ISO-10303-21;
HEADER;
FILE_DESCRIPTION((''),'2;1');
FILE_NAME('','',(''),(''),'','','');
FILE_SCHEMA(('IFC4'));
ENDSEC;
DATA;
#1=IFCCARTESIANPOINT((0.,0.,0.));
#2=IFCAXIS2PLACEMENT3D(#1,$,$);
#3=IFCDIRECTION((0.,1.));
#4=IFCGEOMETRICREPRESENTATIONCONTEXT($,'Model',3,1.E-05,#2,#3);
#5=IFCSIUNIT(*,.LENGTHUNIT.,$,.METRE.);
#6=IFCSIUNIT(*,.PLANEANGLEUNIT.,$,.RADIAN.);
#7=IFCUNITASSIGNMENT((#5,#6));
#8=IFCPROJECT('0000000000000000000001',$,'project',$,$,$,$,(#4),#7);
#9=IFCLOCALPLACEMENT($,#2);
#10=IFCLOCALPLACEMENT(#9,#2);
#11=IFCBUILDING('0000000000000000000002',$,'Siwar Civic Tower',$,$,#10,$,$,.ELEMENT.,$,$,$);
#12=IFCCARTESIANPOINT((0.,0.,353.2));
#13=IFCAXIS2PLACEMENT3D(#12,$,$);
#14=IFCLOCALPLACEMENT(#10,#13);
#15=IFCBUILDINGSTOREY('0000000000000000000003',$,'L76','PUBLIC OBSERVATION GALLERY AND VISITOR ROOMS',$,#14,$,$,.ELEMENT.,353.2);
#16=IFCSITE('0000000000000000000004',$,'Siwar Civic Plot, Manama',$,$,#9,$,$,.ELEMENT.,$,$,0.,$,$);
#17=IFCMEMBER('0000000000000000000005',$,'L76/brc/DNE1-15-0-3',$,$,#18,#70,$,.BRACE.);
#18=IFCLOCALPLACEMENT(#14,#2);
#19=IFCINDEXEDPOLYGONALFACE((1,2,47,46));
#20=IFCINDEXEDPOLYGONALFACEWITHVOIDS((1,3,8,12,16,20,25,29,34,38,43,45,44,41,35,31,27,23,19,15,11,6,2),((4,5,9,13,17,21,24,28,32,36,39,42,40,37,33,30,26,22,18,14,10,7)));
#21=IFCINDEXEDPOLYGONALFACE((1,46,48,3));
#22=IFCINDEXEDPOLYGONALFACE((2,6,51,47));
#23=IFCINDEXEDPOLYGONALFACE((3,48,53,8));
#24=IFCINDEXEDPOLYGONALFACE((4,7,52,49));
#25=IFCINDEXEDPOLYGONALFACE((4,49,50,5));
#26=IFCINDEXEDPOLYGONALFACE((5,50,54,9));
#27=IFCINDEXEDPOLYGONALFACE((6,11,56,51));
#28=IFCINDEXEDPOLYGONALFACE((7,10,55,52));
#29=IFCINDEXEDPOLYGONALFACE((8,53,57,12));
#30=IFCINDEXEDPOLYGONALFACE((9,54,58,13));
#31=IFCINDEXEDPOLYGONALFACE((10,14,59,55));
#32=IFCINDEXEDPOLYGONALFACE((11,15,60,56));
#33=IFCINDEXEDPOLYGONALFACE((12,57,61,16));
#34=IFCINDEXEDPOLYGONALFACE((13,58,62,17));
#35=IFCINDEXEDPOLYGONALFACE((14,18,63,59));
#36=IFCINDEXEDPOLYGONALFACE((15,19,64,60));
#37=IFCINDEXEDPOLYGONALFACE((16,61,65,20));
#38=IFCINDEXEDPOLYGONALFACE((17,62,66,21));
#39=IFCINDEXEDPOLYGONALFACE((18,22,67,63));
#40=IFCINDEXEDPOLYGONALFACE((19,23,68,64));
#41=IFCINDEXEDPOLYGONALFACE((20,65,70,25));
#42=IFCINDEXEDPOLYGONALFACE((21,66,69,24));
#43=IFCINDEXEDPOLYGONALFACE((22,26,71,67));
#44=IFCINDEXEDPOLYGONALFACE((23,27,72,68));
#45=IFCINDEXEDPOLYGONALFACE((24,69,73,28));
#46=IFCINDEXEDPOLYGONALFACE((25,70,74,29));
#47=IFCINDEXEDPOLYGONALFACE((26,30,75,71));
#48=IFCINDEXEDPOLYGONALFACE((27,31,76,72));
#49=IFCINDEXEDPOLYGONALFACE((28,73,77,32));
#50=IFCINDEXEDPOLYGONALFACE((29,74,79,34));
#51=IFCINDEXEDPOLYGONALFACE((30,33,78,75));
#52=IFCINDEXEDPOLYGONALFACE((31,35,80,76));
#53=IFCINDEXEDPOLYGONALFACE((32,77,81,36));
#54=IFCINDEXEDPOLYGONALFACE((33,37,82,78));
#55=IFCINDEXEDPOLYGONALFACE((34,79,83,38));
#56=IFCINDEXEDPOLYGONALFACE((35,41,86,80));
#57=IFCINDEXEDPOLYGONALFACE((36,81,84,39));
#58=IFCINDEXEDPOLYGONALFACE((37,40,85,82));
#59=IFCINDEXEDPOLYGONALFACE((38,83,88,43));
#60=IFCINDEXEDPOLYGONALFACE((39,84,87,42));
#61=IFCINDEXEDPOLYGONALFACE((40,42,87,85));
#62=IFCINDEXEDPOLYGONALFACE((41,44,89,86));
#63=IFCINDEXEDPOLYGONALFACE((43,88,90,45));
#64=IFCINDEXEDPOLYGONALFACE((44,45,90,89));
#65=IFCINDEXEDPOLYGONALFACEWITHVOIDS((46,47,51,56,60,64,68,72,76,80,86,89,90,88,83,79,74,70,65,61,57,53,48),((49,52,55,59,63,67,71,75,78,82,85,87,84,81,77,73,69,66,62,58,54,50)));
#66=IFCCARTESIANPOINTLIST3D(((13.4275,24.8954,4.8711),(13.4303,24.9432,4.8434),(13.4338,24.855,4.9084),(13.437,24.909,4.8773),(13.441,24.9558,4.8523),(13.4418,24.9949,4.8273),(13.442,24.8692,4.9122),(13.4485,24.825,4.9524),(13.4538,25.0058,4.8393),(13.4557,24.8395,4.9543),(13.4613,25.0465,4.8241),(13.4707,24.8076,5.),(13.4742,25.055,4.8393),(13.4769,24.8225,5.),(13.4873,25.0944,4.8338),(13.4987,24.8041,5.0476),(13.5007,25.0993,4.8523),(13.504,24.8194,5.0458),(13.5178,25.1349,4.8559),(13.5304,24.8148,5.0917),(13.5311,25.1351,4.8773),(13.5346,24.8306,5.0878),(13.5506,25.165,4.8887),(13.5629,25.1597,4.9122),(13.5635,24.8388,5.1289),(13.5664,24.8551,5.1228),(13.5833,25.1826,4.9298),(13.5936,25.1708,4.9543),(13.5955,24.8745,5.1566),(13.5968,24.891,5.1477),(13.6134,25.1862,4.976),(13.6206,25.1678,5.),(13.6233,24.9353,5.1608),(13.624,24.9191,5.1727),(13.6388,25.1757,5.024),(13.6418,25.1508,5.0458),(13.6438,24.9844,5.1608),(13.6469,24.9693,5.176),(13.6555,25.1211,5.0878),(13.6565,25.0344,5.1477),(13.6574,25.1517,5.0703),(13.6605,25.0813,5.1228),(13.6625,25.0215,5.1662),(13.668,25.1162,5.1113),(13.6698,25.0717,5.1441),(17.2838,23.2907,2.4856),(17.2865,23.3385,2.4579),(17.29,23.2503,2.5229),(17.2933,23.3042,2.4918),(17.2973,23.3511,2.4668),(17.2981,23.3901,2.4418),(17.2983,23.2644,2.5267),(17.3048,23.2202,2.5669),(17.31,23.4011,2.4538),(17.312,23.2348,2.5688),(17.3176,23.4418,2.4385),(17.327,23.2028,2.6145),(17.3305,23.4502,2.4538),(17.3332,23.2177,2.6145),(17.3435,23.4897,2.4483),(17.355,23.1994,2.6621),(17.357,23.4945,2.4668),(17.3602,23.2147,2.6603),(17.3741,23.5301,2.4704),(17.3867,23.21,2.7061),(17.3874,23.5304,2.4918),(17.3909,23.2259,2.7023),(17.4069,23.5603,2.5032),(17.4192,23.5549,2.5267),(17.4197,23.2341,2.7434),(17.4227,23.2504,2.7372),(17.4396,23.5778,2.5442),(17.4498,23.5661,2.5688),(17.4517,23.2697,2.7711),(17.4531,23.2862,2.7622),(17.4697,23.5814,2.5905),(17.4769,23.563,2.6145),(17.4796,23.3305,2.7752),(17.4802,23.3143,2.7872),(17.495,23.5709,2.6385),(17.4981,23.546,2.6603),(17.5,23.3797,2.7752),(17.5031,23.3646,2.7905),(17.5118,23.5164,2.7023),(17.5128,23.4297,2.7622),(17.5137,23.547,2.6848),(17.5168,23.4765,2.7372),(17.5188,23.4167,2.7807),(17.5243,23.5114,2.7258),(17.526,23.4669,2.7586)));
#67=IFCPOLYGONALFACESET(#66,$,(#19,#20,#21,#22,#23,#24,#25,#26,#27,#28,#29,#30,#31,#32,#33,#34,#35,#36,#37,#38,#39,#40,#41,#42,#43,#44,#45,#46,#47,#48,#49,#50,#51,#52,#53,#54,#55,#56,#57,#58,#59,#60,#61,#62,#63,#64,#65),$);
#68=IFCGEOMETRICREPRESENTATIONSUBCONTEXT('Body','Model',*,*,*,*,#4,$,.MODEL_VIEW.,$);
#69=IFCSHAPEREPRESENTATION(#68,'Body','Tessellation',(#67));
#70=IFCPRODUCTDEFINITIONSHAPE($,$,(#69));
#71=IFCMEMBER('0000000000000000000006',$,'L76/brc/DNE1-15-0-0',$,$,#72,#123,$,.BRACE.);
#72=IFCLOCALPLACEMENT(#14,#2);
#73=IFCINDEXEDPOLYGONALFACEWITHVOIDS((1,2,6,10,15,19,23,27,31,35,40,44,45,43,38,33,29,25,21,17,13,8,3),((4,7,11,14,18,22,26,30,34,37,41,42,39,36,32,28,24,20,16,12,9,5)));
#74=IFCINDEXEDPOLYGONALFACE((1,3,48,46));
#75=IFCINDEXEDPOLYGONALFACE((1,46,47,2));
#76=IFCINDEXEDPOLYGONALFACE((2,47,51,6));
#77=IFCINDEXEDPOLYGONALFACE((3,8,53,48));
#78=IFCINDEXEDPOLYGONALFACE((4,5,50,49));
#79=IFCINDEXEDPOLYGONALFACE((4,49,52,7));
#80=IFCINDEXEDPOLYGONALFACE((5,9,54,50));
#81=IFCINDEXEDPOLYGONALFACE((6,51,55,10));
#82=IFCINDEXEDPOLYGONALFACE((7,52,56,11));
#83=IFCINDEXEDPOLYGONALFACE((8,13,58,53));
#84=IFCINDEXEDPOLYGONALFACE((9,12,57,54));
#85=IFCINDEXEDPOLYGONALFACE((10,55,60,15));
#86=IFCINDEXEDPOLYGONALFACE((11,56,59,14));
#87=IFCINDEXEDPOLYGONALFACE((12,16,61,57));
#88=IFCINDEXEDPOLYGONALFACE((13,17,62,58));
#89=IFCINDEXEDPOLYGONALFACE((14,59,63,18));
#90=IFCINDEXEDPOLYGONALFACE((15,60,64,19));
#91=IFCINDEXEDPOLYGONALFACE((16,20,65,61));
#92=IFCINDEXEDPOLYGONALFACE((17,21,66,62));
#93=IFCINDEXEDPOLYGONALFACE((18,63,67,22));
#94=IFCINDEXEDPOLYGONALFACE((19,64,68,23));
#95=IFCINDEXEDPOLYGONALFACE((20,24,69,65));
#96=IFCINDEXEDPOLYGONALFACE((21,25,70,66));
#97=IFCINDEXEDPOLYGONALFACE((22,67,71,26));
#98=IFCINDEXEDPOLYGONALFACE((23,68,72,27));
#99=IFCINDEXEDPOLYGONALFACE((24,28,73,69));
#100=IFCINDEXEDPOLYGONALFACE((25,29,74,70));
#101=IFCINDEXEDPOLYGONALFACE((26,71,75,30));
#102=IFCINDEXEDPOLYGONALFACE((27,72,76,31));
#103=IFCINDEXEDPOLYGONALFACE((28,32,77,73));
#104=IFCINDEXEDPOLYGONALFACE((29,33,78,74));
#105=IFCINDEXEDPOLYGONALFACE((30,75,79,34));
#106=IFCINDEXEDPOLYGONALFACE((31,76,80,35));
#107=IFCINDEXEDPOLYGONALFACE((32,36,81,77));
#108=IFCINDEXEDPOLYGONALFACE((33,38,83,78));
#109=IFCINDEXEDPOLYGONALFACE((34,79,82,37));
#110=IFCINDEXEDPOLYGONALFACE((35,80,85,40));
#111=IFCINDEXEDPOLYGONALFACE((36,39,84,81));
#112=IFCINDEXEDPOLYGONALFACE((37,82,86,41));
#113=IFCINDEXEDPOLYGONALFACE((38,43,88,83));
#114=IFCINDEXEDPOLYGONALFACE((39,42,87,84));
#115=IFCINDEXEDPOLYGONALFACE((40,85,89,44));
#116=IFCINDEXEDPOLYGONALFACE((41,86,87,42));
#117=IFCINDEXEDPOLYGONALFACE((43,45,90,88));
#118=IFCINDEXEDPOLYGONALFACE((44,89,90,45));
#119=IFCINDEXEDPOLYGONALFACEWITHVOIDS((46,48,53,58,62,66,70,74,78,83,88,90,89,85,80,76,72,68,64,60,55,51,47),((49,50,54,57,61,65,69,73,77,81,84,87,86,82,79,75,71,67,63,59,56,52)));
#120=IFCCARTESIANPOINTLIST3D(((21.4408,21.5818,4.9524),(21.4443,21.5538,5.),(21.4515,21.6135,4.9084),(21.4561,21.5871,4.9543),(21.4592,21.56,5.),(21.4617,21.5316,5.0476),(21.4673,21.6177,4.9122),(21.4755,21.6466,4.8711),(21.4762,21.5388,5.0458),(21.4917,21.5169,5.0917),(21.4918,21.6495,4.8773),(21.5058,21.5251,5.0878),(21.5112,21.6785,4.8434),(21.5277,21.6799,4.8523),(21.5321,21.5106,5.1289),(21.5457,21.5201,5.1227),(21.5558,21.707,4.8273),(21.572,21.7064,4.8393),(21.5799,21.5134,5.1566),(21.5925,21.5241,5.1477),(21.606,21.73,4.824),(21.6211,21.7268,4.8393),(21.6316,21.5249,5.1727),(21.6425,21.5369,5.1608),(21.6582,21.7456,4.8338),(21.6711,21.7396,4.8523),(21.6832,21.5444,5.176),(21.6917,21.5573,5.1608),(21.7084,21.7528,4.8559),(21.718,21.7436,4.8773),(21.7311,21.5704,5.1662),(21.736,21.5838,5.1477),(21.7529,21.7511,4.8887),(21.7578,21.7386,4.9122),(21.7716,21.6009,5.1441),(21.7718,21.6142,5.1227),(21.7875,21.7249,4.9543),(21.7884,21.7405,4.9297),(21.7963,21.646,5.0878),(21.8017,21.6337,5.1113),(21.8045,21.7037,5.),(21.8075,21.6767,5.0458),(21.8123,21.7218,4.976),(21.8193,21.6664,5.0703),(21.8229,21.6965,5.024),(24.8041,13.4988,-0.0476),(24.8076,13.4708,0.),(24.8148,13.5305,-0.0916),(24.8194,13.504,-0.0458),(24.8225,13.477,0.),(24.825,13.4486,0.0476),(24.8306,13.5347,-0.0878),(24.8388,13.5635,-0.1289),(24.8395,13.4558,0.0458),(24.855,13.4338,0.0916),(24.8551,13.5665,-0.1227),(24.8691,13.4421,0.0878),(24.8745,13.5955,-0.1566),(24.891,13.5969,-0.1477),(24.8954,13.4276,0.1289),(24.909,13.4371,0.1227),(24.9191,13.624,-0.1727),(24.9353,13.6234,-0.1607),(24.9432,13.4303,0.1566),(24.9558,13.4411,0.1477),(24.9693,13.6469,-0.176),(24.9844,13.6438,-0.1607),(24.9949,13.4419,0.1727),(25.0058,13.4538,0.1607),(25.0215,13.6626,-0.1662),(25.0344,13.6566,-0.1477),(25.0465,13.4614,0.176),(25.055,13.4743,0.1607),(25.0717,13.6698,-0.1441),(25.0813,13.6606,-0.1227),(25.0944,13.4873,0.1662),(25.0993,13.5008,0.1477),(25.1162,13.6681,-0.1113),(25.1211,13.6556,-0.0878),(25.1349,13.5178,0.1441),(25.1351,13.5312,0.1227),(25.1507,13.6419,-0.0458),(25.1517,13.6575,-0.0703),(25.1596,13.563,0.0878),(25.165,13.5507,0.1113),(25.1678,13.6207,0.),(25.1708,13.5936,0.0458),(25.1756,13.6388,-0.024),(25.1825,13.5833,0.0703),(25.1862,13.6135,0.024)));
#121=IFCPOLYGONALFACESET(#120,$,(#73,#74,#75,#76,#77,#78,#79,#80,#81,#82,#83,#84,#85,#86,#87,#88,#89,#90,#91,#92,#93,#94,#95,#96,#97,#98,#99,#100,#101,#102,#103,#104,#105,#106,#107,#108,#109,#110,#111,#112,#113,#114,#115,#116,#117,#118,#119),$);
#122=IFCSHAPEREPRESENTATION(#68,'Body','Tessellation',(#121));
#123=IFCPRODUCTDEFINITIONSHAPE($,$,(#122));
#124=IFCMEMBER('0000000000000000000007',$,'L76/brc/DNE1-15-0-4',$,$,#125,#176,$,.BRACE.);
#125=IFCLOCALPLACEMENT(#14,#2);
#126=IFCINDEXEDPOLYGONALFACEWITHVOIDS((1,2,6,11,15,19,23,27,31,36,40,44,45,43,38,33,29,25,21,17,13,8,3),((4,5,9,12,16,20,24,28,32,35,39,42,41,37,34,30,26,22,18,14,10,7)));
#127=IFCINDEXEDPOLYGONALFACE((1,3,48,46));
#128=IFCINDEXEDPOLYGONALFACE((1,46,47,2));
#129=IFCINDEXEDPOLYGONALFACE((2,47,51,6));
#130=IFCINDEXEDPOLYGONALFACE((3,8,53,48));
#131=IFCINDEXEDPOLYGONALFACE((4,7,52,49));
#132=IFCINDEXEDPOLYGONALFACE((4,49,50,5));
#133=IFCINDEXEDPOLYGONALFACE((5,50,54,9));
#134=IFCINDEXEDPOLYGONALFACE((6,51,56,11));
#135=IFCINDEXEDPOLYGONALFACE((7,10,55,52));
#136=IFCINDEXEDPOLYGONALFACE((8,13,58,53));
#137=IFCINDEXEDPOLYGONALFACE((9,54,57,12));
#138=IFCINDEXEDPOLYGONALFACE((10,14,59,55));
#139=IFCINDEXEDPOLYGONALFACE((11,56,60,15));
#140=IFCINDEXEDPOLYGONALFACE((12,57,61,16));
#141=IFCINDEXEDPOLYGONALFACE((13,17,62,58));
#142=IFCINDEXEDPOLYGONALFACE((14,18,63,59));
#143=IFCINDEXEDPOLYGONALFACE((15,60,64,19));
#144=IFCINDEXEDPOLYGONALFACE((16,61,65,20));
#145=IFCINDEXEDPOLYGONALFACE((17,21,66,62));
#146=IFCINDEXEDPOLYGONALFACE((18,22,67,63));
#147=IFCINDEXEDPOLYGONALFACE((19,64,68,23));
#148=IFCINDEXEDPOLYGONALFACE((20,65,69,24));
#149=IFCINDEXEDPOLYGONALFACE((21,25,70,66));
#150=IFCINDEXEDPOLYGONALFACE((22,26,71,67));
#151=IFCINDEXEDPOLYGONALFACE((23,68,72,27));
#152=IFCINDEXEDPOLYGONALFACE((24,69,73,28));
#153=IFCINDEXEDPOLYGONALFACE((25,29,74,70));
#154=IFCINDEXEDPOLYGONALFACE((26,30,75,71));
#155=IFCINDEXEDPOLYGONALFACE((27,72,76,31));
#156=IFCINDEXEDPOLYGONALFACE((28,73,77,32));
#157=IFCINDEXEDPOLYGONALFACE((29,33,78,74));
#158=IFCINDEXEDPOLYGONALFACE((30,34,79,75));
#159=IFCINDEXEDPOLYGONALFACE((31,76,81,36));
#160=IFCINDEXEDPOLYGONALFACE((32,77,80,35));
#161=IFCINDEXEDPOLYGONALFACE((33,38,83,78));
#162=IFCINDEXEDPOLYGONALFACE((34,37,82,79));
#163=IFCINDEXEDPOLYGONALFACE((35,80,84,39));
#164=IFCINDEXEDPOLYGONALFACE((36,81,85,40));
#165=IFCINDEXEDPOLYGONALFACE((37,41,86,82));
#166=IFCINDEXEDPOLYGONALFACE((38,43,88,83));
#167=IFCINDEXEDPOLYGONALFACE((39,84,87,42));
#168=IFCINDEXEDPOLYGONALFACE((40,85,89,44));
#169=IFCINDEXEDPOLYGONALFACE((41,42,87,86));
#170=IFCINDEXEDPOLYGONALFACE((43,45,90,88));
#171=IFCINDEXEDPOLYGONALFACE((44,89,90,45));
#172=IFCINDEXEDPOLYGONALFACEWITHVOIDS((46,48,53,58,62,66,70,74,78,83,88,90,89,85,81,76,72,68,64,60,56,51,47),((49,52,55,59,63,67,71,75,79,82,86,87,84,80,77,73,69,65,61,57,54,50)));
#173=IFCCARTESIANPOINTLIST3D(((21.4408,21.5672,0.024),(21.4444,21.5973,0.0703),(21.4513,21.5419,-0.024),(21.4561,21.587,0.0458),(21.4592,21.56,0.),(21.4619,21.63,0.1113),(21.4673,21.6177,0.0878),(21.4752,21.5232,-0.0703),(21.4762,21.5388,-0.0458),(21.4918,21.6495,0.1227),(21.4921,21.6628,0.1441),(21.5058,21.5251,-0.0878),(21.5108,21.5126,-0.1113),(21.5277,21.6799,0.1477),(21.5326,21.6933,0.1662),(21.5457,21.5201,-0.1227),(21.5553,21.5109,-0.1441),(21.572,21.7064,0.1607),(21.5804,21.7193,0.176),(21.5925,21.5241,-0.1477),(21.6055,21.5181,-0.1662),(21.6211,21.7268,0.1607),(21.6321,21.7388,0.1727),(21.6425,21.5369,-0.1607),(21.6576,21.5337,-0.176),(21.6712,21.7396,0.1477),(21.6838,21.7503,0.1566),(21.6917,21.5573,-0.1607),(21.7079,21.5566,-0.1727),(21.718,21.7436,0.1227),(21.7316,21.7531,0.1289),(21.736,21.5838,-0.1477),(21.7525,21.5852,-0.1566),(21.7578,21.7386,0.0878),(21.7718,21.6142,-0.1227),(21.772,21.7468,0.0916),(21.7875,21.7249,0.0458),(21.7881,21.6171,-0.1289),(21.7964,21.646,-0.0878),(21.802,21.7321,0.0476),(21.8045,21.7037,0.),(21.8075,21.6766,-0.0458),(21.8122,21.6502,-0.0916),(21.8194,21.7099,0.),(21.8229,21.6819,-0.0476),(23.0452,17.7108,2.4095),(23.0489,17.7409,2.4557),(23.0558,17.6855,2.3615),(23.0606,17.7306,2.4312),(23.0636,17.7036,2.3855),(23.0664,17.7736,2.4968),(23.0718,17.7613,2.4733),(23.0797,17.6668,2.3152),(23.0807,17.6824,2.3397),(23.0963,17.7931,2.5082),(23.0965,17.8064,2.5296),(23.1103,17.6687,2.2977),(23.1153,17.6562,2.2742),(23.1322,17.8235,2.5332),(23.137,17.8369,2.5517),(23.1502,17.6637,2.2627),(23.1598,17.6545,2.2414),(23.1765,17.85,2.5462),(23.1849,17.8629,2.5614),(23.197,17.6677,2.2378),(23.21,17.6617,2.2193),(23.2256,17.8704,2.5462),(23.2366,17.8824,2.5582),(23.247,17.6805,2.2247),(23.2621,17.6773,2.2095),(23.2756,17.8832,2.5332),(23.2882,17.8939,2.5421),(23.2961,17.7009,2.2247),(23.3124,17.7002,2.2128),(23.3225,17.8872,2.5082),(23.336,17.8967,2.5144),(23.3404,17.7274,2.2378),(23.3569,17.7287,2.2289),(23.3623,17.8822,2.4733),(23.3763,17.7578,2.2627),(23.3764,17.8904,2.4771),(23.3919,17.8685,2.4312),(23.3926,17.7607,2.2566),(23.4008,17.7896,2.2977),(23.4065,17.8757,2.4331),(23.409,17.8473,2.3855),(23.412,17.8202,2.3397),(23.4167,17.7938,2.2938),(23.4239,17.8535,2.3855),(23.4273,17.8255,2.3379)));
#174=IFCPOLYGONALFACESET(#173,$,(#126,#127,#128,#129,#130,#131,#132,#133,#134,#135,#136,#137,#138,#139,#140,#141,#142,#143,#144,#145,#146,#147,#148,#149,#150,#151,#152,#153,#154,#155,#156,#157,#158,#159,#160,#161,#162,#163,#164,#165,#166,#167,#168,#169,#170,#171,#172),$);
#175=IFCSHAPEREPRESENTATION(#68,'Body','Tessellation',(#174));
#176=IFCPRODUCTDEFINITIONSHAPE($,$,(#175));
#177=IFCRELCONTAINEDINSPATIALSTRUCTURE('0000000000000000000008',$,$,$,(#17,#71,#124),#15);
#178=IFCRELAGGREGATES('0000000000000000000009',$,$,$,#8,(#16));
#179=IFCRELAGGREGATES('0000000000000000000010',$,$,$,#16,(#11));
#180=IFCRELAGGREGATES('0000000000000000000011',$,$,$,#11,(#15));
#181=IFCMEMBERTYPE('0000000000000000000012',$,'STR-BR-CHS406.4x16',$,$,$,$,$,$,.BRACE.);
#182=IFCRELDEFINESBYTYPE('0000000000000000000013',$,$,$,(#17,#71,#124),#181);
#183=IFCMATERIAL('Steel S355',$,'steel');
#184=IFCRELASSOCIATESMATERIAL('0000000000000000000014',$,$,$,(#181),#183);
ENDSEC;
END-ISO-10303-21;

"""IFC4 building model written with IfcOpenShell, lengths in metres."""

from ifc_helpers import new_model, si_unit, direction, frame, origin, origin_2d, place, context, subcontext, project, spatial, hollow_circle, extrude, material, material_profile, profile_set, type_object, element, save


model = new_model("IFC4")

# Units and contexts
model_context = context("Model", 3, precision=1e-05, world=origin(), true_north=direction((0.0, 1.0)))
body_context = subcontext(model_context, "Body", "Model", "MODEL_VIEW")
ifc_project = project(units=[si_unit("LENGTHUNIT", "METRE"), si_unit("PLANEANGLEUNIT", "RADIAN")], contexts=[model_context])

# Site, building, storey
site_placement = place(None, origin())
site = spatial("IfcSite", under=ifc_project, at=site_placement, Name="Siwar Civic Plot, Manama", CompositionType="ELEMENT", RefElevation=0.0)
building_placement = place(site_placement, origin())
building = spatial("IfcBuilding", under=site, at=building_placement, Name="Siwar Civic Tower", CompositionType="ELEMENT")
storey_placement = place(building_placement, frame((0.0, 0.0, 353.2)))
storey = spatial("IfcBuildingStorey", under=building, at=storey_placement, Name="L76", Description="PUBLIC OBSERVATION GALLERY AND VISITOR ROOMS", CompositionType="ELEMENT", Elevation=353.2)

# Members
ifc_material_1 = material(Name="Steel S355", Category="steel")
ifc_material_profile_1 = material_profile(ifc_material_1, hollow_circle(Radius=0.2031, WallThickness=0.0161, at=origin_2d()), Name="CHS406.4x16")
ifc_profile_set_1 = profile_set([ifc_material_profile_1], Name="Steel S355")
member_type_1 = type_object("IfcMemberType", Name="STR-BR-CHS406.4x16", PredefinedType="BRACE", material=ifc_profile_set_1)
for number, where, z_axis, x_axis, name in (
    (1, (17.405, 23.3904, 2.6145), (-0.801706, 0.333625, 0.495946), (-0.384204, -0.923248, 0.0), "L76/brc/DNE1-15-0-3"),
):
    element("IfcMember", number, at=place(storey_placement, frame(where, z_axis=z_axis, x_axis=x_axis)), inside=storey, type_object=member_type_1, Name=name, PredefinedType="BRACE", context=body_context, shape_type="SweptSolid", body=[
        extrude(hollow_circle(Radius=0.2031, WallThickness=0.0161, at=origin_2d()), origin(), (0.0, 0.0, 1.0), 4.8101),
    ])
member_1_placement = place(storey_placement, frame((24.9951, 13.5488, 0.0), z_axis=(-0.333593, 0.801727, 0.495933), x_axis=(-0.923265, -0.384164, 0.0)))
element("IfcMember", 2, at=member_1_placement, inside=storey, type_object=member_type_1, Name="L76/brc/DNE1-15-0-0", PredefinedType="BRACE", context=body_context, shape_type="SweptSolid", body=[
    extrude(hollow_circle(Radius=0.2031, WallThickness=0.0161, at=origin_2d()), origin(), (0.0, 0.0, 1.0), 10.082),
])
for number, where, z_axis, x_axis, name in (
    (3, (21.6318, 21.6318, 0.0), (0.333567, -0.801737, 0.495934), (0.923277, 0.384134, 0.0), "L76/brc/DNE1-15-0-4"),
):
    element("IfcMember", number, at=place(storey_placement, frame(where, z_axis=z_axis, x_axis=x_axis)), inside=storey, type_object=member_type_1, Name=name, PredefinedType="BRACE", context=body_context, shape_type="SweptSolid", body=[
        extrude(hollow_circle(Radius=0.2031, WallThickness=0.0161, at=origin_2d()), origin(), (0.0, 0.0, 1.0), 4.8101),
    ])

save(model, "model.ifc")
